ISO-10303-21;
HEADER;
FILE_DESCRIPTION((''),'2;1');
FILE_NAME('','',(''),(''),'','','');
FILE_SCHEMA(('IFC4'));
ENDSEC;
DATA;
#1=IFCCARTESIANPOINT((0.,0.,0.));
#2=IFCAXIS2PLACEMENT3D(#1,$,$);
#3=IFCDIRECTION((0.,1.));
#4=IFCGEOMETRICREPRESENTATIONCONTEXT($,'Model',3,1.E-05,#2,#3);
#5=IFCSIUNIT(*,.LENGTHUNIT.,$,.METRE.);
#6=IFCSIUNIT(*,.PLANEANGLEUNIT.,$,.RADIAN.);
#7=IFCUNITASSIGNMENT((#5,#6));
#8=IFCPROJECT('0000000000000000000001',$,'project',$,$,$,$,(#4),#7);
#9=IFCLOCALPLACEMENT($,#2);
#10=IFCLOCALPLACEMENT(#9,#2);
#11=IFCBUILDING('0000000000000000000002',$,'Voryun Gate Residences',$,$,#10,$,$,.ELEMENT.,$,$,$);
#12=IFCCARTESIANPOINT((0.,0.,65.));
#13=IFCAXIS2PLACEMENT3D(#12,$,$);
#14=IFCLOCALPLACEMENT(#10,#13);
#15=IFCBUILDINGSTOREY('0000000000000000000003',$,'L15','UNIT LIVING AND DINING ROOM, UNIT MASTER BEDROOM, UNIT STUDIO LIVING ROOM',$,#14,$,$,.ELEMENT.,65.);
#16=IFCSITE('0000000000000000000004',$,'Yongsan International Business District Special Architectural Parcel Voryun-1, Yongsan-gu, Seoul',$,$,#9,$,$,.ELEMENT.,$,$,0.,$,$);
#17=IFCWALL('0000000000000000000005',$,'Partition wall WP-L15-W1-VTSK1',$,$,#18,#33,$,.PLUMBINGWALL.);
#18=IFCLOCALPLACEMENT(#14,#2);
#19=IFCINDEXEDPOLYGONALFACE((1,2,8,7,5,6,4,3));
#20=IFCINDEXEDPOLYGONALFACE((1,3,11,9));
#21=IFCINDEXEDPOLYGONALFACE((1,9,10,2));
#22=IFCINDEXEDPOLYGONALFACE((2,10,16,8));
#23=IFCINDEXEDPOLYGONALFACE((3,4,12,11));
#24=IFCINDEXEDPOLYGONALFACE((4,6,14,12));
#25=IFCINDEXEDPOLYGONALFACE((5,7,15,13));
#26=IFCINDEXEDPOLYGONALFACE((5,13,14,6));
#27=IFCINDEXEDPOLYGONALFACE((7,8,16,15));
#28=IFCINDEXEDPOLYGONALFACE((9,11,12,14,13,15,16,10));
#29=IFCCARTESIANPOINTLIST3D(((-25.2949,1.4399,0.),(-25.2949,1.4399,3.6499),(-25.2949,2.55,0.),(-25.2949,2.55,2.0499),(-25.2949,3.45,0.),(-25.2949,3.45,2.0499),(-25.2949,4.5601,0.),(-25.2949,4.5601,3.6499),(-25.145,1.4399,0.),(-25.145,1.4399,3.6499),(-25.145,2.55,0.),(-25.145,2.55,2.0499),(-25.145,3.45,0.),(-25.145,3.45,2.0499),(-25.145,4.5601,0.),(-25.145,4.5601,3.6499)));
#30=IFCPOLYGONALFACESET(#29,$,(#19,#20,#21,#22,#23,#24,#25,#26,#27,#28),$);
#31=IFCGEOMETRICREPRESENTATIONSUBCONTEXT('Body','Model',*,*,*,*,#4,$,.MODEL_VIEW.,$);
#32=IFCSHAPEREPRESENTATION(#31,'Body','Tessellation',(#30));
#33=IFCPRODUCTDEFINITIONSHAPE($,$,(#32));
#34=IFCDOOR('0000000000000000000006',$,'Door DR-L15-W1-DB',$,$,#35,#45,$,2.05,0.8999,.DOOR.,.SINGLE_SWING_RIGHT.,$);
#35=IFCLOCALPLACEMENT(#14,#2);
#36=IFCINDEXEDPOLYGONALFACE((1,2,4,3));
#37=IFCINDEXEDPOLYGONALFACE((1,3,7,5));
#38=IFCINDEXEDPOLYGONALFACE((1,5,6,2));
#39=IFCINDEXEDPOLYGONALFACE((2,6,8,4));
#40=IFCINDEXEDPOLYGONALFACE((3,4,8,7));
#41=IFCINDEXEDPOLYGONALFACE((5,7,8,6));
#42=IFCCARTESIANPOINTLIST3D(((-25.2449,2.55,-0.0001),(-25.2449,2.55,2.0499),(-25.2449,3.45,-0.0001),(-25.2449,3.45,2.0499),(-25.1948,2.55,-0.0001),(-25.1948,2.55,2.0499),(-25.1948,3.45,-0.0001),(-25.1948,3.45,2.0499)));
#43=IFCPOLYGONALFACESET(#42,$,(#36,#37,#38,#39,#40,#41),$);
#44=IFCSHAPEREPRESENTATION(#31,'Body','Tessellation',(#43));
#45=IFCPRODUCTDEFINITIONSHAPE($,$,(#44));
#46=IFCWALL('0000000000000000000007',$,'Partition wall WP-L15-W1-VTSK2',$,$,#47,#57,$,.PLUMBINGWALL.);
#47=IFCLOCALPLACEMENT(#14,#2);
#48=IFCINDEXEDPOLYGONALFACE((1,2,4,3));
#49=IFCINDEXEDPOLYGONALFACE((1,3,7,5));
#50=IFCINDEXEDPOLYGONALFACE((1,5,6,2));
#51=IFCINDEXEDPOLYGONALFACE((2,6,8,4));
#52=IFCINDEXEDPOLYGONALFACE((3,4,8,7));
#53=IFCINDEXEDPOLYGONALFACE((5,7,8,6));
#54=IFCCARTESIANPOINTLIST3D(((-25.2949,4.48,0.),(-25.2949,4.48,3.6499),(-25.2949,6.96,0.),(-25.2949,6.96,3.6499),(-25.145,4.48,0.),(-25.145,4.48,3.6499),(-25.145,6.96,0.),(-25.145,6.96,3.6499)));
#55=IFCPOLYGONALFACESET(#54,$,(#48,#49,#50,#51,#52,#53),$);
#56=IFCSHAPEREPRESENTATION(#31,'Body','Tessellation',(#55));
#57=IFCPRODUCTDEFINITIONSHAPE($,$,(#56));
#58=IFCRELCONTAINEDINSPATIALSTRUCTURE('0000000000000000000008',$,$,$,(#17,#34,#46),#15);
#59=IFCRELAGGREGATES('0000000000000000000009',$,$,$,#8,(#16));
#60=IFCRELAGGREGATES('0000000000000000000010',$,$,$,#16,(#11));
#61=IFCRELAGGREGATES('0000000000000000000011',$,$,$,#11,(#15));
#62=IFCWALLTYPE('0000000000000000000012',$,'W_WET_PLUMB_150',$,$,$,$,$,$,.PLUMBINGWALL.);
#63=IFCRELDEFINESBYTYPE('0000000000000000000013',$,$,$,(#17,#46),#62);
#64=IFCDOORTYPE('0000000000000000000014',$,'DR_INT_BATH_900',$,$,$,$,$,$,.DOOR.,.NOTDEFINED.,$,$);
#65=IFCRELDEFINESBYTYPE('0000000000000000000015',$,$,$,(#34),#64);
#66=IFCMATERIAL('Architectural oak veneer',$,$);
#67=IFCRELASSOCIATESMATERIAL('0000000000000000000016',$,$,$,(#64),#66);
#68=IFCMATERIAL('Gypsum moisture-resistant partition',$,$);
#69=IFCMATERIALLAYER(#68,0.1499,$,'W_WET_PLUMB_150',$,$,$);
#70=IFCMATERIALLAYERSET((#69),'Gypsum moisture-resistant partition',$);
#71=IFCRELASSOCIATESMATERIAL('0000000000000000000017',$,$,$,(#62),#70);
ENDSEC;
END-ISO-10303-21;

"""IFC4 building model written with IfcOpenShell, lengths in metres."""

from ifc_helpers import new_model, si_unit, direction, frame, frame_2d, origin, place, context, subcontext, project, spatial, rectangle, extrude, material, layer, layer_set, type_object, element, fill, save


model = new_model("IFC4")

# Units and contexts
model_context = context("Model", 3, precision=1e-05, world=origin(), true_north=direction((0.0, 1.0)))
body_context = subcontext(model_context, "Body", "Model", "MODEL_VIEW")
ifc_project = project(units=[si_unit("LENGTHUNIT", "METRE"), si_unit("PLANEANGLEUNIT", "RADIAN")], contexts=[model_context])

# Site, building, storey
site_placement = place(None, origin())
site = spatial("IfcSite", under=ifc_project, at=site_placement, Name="Yongsan International Business District Special Architectural Parcel Voryun-1, Yongsan-gu, Seoul", CompositionType="ELEMENT", RefElevation=0.0)
building_placement = place(site_placement, origin())
building = spatial("IfcBuilding", under=site, at=building_placement, Name="Voryun Gate Residences", CompositionType="ELEMENT")
storey_placement = place(building_placement, frame((0.0, 0.0, 65.0)))
storey = spatial("IfcBuildingStorey", under=building, at=storey_placement, Name="L15", Description="UNIT LIVING AND DINING ROOM, UNIT MASTER BEDROOM, UNIT STUDIO LIVING ROOM", CompositionType="ELEMENT", Elevation=65.0)

# Shared definitions
ifc_material_1 = material(Name="Architectural oak veneer")
door_type_1 = type_object("IfcDoorType", Name="DR_INT_BATH_900", OperationType="NOTDEFINED", PredefinedType="DOOR", material=ifc_material_1)
ifc_material_2 = material(Name="Gypsum moisture-resistant partition")
ifc_layer_1 = layer(ifc_material_2, 0.1499, Name="W_WET_PLUMB_150")
ifc_layer_set_1 = layer_set([ifc_layer_1], Name="Gypsum moisture-resistant partition")
wall_type_1 = type_object("IfcWallType", Name="W_WET_PLUMB_150", PredefinedType="PLUMBINGWALL", material=ifc_layer_set_1)

# Wall, opening, door
wall_1_placement = place(storey_placement, frame((-25.22, 1.4399, 0.0), z_axis=(0.0, 0.0, 1.0), x_axis=(0.0, 1.0, 0.0)))
wall_1 = element("IfcWall", 1, at=wall_1_placement, inside=storey, type_object=wall_type_1, Name="Partition wall WP-L15-W1-VTSK1", PredefinedType="PLUMBINGWALL", context=body_context, shape_type="SweptSolid", body=[
    extrude(rectangle(XDim=3.1201, YDim=0.1499, at=frame_2d((1.5601, 0.0))), origin(), (0.0, 0.0, 1.0), 3.6499),
])
opening_1_placement = place(wall_1_placement, frame((1.1101, 0.0, 0.0)))
opening_1 = element("IfcOpeningElement", 2, at=opening_1_placement, cuts=wall_1, PredefinedType="OPENING", context=body_context, shape_type="SweptSolid", body=[
    extrude(rectangle(XDim=0.8999, YDim=2.05, at=frame_2d((0.45, 1.0249))), frame((0.0, 0.085, 0.0), z_axis=(0.0, -1.0, 0.0), x_axis=(1.0, 0.0, 0.0)), (0.0, 0.0, 1.0), 0.1699),
])
door_1_placement = place(opening_1_placement, origin())
door_1 = element("IfcDoor", 3, at=door_1_placement, inside=storey, type_object=door_type_1, Name="Door DR-L15-W1-DB", OperationType="SINGLE_SWING_RIGHT", OverallHeight=2.05, OverallWidth=0.8999, PredefinedType="DOOR", context=body_context, shape_type="SweptSolid", body=[
    extrude(rectangle(XDim=0.8999, YDim=2.05, at=frame_2d((0.45, 1.0249))), frame((0.0, 0.0249, 0.0), z_axis=(0.0, -1.0, 0.0), x_axis=(1.0, 0.0, 0.0)), (0.0, 0.0, 1.0), 0.05),
])
fill(opening_1, door_1)

# Wall
wall_2_placement = place(storey_placement, frame((-25.22, 4.48, 0.0), z_axis=(0.0, 0.0, 1.0), x_axis=(0.0, 1.0, 0.0)))
element("IfcWall", 4, at=wall_2_placement, inside=storey, type_object=wall_type_1, Name="Partition wall WP-L15-W1-VTSK2", PredefinedType="PLUMBINGWALL", context=body_context, shape_type="SweptSolid", body=[
    extrude(rectangle(XDim=2.48, YDim=0.1499, at=frame_2d((1.24, 0.0))), origin(), (0.0, 0.0, 1.0), 3.6499),
])

save(model, "model.ifc")
